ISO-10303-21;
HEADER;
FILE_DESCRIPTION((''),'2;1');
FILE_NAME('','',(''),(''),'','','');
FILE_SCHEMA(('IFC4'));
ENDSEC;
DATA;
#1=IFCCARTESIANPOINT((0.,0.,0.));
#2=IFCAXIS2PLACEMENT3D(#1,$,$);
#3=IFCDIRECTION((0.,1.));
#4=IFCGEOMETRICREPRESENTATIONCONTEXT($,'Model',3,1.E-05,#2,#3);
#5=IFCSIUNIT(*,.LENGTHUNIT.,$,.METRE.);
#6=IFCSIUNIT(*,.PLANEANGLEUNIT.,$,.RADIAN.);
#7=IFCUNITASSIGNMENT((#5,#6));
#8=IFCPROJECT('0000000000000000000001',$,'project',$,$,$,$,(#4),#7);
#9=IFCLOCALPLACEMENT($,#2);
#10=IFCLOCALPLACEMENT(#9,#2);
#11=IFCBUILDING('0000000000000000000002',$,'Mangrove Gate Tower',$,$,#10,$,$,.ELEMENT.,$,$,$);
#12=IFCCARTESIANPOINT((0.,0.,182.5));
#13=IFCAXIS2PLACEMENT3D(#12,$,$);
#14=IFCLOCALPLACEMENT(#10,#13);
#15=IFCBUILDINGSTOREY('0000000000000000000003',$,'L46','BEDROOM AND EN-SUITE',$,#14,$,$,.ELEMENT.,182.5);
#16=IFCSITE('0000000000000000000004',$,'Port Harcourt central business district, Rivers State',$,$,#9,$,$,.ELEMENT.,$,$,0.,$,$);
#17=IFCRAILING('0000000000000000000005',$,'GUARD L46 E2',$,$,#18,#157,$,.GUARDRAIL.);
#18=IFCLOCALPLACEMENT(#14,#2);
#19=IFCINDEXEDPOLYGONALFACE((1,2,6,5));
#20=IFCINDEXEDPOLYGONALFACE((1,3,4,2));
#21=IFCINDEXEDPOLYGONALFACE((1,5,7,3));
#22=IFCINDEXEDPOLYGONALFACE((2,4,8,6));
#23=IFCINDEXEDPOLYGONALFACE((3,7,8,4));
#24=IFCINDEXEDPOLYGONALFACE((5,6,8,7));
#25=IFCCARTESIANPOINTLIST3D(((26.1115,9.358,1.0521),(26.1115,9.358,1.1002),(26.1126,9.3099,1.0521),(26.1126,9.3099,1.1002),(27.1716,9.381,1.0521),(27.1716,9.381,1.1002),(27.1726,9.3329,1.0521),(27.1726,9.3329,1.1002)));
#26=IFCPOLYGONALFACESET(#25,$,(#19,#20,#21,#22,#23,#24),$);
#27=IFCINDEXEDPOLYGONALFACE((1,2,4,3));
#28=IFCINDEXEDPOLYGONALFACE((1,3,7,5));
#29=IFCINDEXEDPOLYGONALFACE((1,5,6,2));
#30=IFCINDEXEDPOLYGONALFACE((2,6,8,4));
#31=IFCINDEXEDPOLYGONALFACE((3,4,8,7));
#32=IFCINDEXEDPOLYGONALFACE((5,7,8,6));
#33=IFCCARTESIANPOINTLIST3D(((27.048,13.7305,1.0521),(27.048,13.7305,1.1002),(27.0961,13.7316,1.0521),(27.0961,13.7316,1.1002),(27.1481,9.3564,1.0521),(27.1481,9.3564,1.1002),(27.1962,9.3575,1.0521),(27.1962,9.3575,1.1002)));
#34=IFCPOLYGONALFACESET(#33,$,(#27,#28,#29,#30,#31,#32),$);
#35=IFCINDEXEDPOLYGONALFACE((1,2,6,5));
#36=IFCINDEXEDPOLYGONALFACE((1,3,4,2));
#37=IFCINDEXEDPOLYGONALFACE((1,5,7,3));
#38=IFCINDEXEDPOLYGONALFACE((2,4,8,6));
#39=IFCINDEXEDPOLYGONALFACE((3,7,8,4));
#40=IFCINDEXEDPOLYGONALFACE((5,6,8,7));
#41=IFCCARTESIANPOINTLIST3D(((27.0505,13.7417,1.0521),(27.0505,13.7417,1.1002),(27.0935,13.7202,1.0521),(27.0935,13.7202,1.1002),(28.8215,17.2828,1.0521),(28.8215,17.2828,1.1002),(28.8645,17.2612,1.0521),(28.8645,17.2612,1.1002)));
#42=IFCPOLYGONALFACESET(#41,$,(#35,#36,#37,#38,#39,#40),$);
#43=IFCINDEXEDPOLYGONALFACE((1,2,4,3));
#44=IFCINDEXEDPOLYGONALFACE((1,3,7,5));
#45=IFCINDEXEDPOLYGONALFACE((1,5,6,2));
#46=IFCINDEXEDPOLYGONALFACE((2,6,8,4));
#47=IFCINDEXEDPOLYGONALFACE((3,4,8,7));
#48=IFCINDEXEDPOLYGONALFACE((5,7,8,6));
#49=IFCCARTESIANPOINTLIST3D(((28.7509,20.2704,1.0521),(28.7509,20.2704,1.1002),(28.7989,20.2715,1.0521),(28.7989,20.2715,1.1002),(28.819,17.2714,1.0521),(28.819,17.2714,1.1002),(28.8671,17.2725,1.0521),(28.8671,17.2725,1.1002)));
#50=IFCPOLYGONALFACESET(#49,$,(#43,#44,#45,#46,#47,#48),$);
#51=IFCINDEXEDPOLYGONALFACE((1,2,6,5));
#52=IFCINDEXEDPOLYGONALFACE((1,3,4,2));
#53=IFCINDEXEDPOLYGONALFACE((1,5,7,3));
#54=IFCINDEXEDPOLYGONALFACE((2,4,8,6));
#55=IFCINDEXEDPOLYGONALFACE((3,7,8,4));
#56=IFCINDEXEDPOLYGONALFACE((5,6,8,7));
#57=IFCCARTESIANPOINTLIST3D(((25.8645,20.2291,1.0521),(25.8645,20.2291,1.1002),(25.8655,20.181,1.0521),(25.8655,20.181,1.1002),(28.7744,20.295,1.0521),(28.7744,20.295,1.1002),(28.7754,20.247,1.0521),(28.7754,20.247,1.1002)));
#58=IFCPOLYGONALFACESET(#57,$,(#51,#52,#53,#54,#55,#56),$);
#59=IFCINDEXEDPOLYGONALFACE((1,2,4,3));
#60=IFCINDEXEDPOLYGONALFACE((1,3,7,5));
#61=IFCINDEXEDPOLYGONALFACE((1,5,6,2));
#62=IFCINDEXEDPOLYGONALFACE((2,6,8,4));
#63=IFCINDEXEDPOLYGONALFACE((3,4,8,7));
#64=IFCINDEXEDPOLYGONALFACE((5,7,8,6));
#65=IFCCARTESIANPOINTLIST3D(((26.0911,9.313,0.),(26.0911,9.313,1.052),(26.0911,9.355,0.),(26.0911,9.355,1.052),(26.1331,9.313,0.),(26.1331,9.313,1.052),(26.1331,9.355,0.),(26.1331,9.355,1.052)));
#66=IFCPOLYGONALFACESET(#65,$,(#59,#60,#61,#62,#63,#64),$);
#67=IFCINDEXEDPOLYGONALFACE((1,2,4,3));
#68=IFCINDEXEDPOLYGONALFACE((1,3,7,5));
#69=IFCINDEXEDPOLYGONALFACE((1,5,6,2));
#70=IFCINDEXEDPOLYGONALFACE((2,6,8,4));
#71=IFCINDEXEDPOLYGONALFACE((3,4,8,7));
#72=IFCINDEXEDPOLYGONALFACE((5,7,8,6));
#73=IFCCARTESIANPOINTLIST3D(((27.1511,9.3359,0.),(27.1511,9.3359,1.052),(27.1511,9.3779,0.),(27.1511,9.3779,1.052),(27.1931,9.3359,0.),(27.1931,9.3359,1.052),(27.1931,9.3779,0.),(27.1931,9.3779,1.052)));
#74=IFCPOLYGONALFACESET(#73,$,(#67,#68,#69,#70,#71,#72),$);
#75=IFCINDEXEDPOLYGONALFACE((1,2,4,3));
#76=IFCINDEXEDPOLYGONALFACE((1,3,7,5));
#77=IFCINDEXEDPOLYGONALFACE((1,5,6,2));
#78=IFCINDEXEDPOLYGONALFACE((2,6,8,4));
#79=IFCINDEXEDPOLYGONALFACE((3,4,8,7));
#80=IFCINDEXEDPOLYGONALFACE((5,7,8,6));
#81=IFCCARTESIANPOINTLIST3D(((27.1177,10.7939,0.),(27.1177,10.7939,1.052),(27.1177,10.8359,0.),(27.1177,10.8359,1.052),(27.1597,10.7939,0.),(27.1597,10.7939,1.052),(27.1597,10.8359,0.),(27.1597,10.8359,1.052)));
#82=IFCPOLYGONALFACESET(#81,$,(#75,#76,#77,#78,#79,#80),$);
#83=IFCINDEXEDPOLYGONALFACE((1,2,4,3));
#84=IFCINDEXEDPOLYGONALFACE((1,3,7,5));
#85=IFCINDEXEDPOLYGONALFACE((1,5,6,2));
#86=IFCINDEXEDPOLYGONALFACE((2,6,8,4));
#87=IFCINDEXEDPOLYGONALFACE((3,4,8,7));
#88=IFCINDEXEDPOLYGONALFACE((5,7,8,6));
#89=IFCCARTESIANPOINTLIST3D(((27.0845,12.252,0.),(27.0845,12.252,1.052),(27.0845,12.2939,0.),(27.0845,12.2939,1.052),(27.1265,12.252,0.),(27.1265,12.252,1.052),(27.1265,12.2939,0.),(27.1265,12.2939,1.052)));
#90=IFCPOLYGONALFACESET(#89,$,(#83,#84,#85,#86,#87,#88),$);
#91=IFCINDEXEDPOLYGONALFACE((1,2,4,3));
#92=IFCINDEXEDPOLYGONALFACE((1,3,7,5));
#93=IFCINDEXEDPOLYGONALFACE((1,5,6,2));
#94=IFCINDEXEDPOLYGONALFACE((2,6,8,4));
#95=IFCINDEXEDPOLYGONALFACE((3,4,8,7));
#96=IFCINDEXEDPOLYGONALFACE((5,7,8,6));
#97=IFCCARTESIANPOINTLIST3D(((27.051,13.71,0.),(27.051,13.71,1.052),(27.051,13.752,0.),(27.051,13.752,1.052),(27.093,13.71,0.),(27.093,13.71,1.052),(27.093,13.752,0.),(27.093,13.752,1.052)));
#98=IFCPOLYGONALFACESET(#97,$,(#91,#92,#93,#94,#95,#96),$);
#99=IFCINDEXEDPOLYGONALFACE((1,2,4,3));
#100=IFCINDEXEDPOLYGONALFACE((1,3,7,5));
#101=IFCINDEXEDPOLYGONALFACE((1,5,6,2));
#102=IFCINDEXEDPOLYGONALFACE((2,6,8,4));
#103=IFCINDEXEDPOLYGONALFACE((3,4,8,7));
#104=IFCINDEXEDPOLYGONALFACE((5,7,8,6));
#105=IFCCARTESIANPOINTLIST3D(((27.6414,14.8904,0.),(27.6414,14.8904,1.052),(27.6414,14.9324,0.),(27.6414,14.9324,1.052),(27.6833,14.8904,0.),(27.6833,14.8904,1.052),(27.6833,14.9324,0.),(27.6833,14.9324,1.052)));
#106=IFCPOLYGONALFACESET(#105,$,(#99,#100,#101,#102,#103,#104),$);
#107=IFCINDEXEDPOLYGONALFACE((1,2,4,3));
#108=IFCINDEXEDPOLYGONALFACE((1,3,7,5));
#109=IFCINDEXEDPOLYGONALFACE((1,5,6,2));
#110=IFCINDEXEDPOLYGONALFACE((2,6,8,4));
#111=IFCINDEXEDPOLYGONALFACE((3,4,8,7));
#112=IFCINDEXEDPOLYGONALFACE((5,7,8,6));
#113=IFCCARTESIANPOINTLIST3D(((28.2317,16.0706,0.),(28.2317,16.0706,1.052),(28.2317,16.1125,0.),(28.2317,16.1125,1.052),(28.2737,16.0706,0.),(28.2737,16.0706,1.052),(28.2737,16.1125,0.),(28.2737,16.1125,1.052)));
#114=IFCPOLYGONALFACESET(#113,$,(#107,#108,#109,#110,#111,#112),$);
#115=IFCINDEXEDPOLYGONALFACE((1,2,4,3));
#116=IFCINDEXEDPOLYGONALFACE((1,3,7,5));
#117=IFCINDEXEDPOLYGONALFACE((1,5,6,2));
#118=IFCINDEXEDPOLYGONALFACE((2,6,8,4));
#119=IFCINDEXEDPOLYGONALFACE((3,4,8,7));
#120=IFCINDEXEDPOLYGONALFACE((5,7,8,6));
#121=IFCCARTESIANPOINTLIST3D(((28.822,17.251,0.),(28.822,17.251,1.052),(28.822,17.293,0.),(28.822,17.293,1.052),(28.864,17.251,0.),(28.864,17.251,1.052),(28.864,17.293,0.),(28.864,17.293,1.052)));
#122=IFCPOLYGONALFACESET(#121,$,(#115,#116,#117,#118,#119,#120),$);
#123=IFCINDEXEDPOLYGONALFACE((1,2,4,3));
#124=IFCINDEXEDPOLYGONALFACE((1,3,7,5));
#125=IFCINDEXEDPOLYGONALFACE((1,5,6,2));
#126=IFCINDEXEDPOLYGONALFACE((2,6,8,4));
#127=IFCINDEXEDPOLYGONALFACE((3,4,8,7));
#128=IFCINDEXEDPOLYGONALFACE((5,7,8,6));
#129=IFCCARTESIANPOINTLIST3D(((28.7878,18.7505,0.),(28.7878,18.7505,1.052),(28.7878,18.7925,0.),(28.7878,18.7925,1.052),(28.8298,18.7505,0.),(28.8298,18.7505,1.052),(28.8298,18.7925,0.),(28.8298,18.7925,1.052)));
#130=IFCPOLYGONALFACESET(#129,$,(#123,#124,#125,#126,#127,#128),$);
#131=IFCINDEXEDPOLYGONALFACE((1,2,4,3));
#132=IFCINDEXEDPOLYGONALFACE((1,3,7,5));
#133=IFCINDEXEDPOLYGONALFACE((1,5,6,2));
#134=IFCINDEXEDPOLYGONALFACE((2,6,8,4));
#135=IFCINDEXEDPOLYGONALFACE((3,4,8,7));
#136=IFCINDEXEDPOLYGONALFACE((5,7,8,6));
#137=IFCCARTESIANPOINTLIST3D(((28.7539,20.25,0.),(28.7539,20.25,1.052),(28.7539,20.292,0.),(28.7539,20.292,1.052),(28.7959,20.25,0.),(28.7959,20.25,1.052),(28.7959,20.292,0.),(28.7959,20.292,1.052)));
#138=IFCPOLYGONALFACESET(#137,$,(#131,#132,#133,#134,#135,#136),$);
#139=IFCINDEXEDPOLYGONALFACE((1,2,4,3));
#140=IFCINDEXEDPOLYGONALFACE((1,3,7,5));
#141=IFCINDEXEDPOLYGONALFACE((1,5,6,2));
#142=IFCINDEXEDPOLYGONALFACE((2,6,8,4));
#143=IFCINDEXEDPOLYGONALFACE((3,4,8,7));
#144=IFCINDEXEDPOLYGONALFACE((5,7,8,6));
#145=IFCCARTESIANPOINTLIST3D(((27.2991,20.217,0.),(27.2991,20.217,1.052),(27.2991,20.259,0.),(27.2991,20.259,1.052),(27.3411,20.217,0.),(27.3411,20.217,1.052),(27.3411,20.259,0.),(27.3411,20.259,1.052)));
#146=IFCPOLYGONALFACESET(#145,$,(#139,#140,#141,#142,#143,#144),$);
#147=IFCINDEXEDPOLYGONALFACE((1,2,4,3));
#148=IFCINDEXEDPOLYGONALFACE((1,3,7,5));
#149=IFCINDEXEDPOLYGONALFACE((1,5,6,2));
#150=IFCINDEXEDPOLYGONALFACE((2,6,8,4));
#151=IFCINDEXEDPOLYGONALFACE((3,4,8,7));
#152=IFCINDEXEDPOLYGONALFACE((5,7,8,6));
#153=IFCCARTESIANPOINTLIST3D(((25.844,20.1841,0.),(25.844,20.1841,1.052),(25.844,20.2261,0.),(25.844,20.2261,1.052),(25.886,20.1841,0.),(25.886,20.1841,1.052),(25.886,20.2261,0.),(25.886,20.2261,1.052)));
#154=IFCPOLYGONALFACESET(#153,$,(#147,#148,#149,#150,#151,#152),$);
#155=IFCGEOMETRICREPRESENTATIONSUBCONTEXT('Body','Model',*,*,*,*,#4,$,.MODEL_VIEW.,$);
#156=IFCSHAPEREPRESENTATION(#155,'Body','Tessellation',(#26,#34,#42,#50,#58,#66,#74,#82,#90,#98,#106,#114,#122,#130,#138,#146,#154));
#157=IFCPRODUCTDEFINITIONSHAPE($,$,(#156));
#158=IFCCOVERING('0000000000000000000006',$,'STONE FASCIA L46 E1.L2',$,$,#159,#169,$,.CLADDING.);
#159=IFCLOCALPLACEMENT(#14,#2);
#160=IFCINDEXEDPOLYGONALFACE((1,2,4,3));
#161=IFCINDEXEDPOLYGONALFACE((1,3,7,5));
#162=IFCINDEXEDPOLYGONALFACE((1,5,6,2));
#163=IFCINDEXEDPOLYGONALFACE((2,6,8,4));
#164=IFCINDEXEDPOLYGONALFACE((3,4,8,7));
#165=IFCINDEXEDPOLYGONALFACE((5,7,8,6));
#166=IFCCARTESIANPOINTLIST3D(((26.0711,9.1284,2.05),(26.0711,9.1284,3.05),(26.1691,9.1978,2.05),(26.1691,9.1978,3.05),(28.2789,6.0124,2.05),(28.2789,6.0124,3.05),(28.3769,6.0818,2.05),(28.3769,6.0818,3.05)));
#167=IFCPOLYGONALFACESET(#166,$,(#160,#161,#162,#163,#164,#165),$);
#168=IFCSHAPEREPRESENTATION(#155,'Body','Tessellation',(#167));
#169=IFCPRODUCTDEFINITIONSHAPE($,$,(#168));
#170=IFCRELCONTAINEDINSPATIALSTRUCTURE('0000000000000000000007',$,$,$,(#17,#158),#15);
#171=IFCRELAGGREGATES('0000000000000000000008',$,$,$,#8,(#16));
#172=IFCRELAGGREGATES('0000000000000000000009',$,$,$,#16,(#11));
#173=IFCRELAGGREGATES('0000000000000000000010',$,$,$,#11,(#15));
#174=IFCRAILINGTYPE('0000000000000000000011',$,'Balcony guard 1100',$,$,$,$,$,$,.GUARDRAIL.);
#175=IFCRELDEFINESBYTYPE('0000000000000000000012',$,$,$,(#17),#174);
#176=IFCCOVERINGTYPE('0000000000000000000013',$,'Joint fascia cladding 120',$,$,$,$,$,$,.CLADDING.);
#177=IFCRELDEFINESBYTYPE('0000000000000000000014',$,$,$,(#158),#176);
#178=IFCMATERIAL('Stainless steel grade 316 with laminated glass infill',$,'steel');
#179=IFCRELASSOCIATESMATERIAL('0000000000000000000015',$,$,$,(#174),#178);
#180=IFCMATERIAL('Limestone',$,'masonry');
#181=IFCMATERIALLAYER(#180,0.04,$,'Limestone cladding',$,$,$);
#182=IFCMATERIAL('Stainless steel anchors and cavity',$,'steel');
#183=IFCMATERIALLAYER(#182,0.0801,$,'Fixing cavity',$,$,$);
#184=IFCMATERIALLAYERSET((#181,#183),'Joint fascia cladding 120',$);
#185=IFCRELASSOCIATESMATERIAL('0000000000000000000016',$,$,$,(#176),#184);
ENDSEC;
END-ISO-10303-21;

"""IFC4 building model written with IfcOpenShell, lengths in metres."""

from ifc_helpers import new_model, si_unit, direction, frame, frame_2d, origin, origin_2d, place, context, subcontext, project, spatial, rectangle, extrude, material, layer, layer_set, type_object, element, save


model = new_model("IFC4")

# Units and contexts
model_context = context("Model", 3, precision=1e-05, world=origin(), true_north=direction((0.0, 1.0)))
body_context = subcontext(model_context, "Body", "Model", "MODEL_VIEW")
ifc_project = project(units=[si_unit("LENGTHUNIT", "METRE"), si_unit("PLANEANGLEUNIT", "RADIAN")], contexts=[model_context])

# Site, building, storey
site_placement = place(None, origin())
site = spatial("IfcSite", under=ifc_project, at=site_placement, Name="Port Harcourt central business district, Rivers State", CompositionType="ELEMENT", RefElevation=0.0)
building_placement = place(site_placement, origin())
building = spatial("IfcBuilding", under=site, at=building_placement, Name="Mangrove Gate Tower", CompositionType="ELEMENT")
storey_placement = place(building_placement, frame((0.0, 0.0, 182.5)))
storey = spatial("IfcBuildingStorey", under=building, at=storey_placement, Name="L46", Description="BEDROOM AND EN-SUITE", CompositionType="ELEMENT", Elevation=182.5)

# Shared definitions
ifc_material_1 = material(Name="Limestone", Category="masonry")

# Railing
ifc_material_2 = material(Name="Stainless steel grade 316 with laminated glass infill", Category="steel")
railing_type = type_object("IfcRailingType", Name="Balcony guard 1100", PredefinedType="GUARDRAIL", material=ifc_material_2)
railing_placement = place(storey_placement, frame((26.1121, 9.334, 0.0)))
element("IfcRailing", 1, at=railing_placement, inside=storey, type_object=railing_type, Name="GUARD L46 E2", PredefinedType="GUARDRAIL", context=body_context, shape_type="SweptSolid", body=[
    extrude(rectangle(XDim=0.0481, YDim=0.0481, at=origin_2d()), frame((0.0, 0.0, 1.0762), z_axis=(0.999766, 0.021644, 0.0), x_axis=(-0.021644, 0.999766, 0.0)), (0.0, 0.0, 1.0), 1.0603),
    extrude(rectangle(XDim=0.0481, YDim=0.0481, at=origin_2d()), frame((1.0601, 0.0229, 1.0762), z_axis=(-0.022879, 0.999738, 0.0), x_axis=(-0.999738, -0.022879, 0.0)), (0.0, 0.0, 1.0), 4.3752),
    extrude(rectangle(XDim=0.0481, YDim=0.0481, at=origin_2d()), frame((0.96, 4.397, 1.0762), z_axis=(0.447312, 0.894378, 0.0), x_axis=(-0.894378, 0.447312, 0.0)), (0.0, 0.0, 1.0), 3.9592),
    extrude(rectangle(XDim=0.0481, YDim=0.0481, at=origin_2d()), frame((2.731, 7.938, 1.0762), z_axis=(-0.022707, 0.999742, 0.0), x_axis=(-0.999742, -0.022707, 0.0)), (0.0, 0.0, 1.0), 2.9998),
    extrude(rectangle(XDim=0.0481, YDim=0.0481, at=origin_2d()), frame((2.6628, 10.937, 1.0762), z_axis=(-0.999744, -0.022647, 0.0), x_axis=(0.022647, -0.999744, 0.0)), (0.0, 0.0, 1.0), 2.9106),
    extrude(rectangle(XDim=0.042, YDim=0.042, at=origin_2d()), origin(), (0.0, 0.0, 1.0), 1.052),
    extrude(rectangle(XDim=0.042, YDim=0.042, at=origin_2d()), frame((1.0601, 0.0229, 0.0)), (0.0, 0.0, 1.0), 1.052),
    extrude(rectangle(XDim=0.042, YDim=0.042, at=origin_2d()), frame((1.0266, 1.481, 0.0)), (0.0, 0.0, 1.0), 1.052),
    extrude(rectangle(XDim=0.042, YDim=0.042, at=origin_2d()), frame((0.9934, 2.939, 0.0)), (0.0, 0.0, 1.0), 1.052),
    extrude(rectangle(XDim=0.042, YDim=0.042, at=origin_2d()), frame((0.96, 4.397, 0.0)), (0.0, 0.0, 1.0), 1.052),
    extrude(rectangle(XDim=0.042, YDim=0.042, at=origin_2d()), frame((1.5503, 5.5774, 0.0)), (0.0, 0.0, 1.0), 1.052),
    extrude(rectangle(XDim=0.042, YDim=0.042, at=origin_2d()), frame((2.1406, 6.7576, 0.0)), (0.0, 0.0, 1.0), 1.052),
    extrude(rectangle(XDim=0.042, YDim=0.042, at=origin_2d()), frame((2.731, 7.938, 0.0)), (0.0, 0.0, 1.0), 1.052),
    extrude(rectangle(XDim=0.042, YDim=0.042, at=origin_2d()), frame((2.6968, 9.4375, 0.0)), (0.0, 0.0, 1.0), 1.052),
    extrude(rectangle(XDim=0.042, YDim=0.042, at=origin_2d()), frame((2.6628, 10.937, 0.0)), (0.0, 0.0, 1.0), 1.052),
    extrude(rectangle(XDim=0.042, YDim=0.042, at=origin_2d()), frame((1.208, 10.9041, 0.0)), (0.0, 0.0, 1.0), 1.052),
    extrude(rectangle(XDim=0.042, YDim=0.042, at=origin_2d()), frame((-0.2471, 10.8711, 0.0)), (0.0, 0.0, 1.0), 1.052),
])

# Covering
ifc_layer_1 = layer(ifc_material_1, 0.04, Name="Limestone cladding")
ifc_material_3 = material(Name="Stainless steel anchors and cavity", Category="steel")
ifc_layer_2 = layer(ifc_material_3, 0.0801, Name="Fixing cavity")
ifc_layer_set_1 = layer_set([ifc_layer_1, ifc_layer_2], Name="Joint fascia cladding 120")
covering_type = type_object("IfcCoveringType", Name="Joint fascia cladding 120", PredefinedType="CLADDING", material=ifc_layer_set_1)
covering_placement = place(storey_placement, frame((28.3279, 6.0471, 2.05), z_axis=(0.0, 0.0, 1.0), x_axis=(-0.578126, 0.815948, 0.0)))
element("IfcCovering", 2, at=covering_placement, inside=storey, type_object=covering_type, Name="STONE FASCIA L46 E1.L2", PredefinedType="CLADDING", context=body_context, shape_type="SweptSolid", body=[
    extrude(rectangle(XDim=3.8188, YDim=0.1201, at=frame_2d((1.9094, 0.0))), origin(), (0.0, 0.0, 1.0), 1.0),
])

save(model, "model.ifc")
